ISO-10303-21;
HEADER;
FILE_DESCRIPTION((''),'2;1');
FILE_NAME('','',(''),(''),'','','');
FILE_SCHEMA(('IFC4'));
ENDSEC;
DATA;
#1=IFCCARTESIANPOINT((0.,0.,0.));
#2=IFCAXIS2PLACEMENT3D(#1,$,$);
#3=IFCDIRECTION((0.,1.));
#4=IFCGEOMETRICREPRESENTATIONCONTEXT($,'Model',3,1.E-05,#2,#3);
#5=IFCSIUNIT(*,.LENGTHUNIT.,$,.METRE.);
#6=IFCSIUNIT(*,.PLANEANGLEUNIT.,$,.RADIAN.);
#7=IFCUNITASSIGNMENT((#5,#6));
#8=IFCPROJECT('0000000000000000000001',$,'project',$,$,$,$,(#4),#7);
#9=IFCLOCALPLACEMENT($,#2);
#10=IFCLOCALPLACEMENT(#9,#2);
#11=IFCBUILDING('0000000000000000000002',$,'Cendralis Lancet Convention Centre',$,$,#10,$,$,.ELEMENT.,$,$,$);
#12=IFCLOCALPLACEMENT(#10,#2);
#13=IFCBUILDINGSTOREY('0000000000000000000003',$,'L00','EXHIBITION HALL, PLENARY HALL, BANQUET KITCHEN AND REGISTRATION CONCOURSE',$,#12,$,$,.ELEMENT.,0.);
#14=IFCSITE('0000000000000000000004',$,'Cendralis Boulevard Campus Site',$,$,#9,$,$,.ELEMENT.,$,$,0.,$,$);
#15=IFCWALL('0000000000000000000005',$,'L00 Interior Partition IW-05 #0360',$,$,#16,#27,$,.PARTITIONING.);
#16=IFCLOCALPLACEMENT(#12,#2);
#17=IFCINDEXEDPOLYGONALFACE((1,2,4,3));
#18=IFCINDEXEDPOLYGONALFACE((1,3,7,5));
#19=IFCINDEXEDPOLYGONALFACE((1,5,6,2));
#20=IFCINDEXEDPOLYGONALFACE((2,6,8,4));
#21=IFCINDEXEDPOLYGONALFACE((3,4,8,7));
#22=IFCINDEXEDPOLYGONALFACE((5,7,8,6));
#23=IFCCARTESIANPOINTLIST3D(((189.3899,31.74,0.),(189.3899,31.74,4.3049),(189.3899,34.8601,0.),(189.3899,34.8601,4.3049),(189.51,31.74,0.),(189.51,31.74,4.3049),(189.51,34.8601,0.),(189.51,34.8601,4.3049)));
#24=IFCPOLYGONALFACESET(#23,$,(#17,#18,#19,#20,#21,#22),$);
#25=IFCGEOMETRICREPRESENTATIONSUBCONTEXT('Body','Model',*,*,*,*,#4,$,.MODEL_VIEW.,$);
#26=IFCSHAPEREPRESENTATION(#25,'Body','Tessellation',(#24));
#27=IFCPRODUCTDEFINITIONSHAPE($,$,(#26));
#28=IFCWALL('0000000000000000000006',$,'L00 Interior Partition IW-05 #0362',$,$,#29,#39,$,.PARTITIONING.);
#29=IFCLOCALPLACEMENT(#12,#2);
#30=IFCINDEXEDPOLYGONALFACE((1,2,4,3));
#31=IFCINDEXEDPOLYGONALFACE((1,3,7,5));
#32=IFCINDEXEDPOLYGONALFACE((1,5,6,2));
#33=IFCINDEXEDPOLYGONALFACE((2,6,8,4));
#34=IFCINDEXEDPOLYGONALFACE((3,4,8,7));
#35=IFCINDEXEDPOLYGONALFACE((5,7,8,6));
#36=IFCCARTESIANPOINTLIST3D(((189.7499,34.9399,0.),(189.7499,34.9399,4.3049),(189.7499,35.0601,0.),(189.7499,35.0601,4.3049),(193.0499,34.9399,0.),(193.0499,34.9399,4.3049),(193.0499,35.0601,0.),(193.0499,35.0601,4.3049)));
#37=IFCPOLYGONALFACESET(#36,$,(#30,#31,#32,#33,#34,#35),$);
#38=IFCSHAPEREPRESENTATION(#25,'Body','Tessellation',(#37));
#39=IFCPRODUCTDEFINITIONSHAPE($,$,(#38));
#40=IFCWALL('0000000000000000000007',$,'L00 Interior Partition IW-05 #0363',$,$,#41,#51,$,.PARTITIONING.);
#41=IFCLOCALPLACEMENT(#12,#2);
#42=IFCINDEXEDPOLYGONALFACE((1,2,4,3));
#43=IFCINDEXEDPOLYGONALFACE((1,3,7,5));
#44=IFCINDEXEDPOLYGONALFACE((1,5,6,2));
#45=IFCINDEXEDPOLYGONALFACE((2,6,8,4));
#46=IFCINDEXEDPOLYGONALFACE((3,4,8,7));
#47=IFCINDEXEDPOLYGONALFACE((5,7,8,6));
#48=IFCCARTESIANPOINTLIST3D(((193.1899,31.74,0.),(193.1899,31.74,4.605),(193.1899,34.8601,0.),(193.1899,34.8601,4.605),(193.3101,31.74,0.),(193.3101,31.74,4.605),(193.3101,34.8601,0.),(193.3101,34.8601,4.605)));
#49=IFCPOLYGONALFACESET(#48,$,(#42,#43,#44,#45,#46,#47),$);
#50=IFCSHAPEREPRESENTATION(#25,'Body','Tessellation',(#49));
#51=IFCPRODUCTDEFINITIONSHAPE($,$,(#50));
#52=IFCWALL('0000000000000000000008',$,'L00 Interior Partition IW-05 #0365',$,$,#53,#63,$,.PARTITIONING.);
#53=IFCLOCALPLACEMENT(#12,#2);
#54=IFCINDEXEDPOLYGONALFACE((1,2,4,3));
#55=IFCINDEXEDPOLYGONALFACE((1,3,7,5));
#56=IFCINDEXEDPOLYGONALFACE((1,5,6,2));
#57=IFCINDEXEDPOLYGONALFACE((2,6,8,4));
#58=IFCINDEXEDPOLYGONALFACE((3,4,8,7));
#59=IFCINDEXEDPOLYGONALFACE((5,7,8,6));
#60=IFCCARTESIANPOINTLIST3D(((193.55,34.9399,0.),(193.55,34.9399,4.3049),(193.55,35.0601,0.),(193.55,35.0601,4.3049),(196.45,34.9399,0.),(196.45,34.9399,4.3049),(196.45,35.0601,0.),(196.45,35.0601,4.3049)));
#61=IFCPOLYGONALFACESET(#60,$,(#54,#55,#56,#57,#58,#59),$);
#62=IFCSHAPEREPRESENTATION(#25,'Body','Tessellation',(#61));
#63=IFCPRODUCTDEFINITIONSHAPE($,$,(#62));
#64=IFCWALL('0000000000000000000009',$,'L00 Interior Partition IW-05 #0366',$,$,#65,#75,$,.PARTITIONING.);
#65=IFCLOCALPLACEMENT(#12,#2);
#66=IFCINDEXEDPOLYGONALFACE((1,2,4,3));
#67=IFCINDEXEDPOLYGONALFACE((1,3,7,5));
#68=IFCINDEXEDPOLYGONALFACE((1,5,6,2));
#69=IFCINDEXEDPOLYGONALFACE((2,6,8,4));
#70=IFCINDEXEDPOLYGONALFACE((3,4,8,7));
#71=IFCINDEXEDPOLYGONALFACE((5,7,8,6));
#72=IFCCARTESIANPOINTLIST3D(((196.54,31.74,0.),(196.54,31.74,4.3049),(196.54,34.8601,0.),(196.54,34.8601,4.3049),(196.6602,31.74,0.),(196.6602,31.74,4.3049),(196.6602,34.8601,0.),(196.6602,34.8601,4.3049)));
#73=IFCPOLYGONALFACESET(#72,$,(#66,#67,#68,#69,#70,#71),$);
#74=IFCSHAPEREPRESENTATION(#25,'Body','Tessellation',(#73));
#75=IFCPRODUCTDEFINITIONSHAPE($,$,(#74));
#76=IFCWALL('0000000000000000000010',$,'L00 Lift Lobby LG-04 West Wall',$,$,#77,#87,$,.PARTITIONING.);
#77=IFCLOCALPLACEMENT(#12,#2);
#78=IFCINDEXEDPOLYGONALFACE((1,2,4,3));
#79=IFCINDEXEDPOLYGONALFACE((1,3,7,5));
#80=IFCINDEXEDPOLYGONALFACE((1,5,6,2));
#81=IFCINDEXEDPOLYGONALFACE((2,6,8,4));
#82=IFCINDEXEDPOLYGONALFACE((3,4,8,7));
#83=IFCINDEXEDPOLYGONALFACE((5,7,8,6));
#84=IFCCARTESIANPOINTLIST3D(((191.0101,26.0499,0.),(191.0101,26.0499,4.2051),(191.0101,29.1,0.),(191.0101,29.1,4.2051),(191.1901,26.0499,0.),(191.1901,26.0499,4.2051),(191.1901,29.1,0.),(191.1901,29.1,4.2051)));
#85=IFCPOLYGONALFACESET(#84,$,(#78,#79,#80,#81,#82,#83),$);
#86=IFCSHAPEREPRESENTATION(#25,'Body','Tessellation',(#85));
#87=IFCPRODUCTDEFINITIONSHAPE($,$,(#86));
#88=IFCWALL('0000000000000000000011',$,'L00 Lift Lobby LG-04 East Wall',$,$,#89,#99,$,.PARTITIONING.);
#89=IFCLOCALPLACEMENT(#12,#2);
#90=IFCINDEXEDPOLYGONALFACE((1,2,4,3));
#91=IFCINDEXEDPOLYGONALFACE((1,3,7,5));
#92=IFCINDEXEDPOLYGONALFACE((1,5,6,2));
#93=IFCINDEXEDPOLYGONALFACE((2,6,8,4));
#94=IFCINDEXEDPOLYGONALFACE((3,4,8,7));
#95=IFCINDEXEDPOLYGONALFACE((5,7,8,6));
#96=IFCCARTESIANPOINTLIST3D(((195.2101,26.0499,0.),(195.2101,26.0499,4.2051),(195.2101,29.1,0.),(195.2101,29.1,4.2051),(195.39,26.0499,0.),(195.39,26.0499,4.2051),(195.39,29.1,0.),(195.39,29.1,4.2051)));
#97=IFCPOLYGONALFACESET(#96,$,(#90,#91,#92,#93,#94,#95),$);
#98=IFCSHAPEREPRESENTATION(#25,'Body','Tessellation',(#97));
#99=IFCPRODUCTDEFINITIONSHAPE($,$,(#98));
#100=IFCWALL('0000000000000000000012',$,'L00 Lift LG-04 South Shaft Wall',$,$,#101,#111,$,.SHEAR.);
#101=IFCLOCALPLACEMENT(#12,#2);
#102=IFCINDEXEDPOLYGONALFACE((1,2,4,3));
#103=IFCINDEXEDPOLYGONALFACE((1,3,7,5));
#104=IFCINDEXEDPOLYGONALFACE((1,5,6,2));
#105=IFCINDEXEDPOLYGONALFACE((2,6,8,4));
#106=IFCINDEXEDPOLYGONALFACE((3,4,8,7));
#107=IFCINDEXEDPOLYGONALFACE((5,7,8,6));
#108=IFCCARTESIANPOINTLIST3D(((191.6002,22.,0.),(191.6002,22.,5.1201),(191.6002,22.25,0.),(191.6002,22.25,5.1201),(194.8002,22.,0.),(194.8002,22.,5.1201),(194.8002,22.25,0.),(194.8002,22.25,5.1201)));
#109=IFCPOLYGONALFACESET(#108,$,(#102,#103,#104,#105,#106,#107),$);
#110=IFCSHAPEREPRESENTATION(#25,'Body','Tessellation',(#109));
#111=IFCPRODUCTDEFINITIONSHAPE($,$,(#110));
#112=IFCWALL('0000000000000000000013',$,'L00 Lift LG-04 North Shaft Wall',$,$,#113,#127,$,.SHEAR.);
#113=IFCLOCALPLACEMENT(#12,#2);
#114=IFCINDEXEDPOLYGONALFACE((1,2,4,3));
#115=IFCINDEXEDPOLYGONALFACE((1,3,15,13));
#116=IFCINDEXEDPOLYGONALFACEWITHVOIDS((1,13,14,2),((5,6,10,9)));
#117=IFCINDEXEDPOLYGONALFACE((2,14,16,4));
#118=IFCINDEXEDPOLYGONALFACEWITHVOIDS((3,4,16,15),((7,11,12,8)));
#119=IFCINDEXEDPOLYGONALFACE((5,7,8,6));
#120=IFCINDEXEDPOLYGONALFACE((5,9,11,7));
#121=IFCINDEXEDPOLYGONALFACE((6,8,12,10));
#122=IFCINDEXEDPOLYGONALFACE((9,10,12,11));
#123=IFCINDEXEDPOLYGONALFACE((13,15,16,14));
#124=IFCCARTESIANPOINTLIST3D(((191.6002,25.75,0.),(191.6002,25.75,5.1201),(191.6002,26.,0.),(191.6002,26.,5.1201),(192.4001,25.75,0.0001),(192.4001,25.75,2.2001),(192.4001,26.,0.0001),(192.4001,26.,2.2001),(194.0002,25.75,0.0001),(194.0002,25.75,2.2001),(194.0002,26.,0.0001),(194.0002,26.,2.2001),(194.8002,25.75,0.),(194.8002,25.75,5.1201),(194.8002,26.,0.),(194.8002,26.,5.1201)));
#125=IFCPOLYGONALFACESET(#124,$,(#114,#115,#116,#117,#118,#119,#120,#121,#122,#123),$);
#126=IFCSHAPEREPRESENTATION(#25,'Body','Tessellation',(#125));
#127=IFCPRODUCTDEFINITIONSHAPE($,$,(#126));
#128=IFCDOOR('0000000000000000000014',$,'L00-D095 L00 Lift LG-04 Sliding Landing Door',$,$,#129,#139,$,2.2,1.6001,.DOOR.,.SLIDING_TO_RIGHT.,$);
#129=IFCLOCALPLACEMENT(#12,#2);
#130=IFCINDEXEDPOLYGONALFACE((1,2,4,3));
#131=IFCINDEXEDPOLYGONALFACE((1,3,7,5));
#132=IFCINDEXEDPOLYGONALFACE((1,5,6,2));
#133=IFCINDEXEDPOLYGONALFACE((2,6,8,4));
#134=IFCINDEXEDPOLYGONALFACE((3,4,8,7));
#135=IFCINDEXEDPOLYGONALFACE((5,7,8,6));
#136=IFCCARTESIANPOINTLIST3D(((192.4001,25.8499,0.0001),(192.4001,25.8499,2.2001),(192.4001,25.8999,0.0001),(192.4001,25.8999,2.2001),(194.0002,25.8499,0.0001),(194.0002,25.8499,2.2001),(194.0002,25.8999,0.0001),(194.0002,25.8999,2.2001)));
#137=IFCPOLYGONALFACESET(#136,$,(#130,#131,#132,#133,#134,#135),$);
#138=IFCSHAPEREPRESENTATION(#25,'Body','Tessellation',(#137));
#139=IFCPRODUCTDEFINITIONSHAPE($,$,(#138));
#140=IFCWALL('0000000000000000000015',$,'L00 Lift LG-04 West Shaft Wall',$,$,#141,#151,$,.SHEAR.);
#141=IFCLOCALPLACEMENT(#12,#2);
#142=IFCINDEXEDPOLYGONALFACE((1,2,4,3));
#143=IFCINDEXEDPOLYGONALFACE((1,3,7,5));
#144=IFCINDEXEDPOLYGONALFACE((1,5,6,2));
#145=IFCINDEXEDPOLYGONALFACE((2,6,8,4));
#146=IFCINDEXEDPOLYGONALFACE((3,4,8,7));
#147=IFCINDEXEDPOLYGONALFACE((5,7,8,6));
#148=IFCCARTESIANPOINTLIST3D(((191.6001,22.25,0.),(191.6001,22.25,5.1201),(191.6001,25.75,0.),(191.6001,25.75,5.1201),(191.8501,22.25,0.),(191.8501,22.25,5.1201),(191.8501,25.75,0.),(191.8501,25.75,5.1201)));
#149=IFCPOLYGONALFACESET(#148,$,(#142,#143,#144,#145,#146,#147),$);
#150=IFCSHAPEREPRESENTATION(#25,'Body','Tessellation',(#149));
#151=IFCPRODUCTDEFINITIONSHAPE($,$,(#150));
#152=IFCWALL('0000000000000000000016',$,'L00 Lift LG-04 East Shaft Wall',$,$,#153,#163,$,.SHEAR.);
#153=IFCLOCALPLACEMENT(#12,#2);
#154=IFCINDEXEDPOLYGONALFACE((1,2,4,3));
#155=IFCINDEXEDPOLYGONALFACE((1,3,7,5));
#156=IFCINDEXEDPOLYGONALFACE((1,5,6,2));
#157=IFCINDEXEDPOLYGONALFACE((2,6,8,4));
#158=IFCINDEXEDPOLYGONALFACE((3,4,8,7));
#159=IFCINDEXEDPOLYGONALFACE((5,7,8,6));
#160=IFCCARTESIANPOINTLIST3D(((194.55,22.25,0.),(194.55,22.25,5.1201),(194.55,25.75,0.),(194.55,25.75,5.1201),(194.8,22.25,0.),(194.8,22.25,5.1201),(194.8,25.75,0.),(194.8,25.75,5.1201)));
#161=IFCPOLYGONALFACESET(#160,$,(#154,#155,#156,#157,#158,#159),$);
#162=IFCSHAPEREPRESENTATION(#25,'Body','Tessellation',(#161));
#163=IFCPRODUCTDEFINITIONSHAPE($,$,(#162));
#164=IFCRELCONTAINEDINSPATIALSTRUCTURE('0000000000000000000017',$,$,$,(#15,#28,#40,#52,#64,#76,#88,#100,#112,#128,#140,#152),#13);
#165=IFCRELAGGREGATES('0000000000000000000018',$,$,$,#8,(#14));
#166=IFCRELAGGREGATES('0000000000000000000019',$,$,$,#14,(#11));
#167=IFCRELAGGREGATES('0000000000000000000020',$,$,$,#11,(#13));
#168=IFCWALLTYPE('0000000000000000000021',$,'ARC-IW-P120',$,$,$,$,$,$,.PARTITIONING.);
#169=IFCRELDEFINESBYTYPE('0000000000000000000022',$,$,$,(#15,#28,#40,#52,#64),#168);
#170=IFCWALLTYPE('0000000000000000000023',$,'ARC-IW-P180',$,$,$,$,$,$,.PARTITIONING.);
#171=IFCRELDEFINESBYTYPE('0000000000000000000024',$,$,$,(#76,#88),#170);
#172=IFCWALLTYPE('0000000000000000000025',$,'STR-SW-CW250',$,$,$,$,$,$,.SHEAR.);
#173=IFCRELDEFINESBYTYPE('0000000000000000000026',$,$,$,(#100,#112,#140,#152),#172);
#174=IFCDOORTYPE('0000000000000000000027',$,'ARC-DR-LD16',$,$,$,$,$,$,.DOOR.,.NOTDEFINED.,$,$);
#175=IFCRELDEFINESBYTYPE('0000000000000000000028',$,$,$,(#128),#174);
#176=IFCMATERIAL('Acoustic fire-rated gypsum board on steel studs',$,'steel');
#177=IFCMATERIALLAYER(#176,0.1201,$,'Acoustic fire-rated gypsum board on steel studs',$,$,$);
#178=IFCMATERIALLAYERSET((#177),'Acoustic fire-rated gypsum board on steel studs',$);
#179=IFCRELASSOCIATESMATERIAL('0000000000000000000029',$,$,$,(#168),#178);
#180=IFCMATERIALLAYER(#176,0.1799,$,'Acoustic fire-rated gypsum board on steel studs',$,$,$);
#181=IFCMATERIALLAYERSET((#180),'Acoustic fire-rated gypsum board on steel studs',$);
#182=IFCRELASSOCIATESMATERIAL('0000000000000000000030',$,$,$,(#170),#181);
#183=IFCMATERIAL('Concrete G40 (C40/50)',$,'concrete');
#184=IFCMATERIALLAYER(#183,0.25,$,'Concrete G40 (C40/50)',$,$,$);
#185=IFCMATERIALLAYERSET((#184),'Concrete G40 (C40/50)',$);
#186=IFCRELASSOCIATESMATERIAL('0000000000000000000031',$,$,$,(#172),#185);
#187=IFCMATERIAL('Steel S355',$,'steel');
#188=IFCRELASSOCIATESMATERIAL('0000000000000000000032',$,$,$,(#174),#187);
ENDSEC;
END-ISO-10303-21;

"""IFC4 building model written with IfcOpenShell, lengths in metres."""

from ifc_helpers import new_model, si_unit, direction, frame, frame_2d, origin, place, context, subcontext, project, spatial, rectangle, extrude, material, layer, layer_set, type_object, element, fill, save


model = new_model("IFC4")

# Units and contexts
model_context = context("Model", 3, precision=1e-05, world=origin(), true_north=direction((0.0, 1.0)))
body_context = subcontext(model_context, "Body", "Model", "MODEL_VIEW")
ifc_project = project(units=[si_unit("LENGTHUNIT", "METRE"), si_unit("PLANEANGLEUNIT", "RADIAN")], contexts=[model_context])

# Site, building, storey
site_placement = place(None, origin())
site = spatial("IfcSite", under=ifc_project, at=site_placement, Name="Cendralis Boulevard Campus Site", CompositionType="ELEMENT", RefElevation=0.0)
building_placement = place(site_placement, origin())
building = spatial("IfcBuilding", under=site, at=building_placement, Name="Cendralis Lancet Convention Centre", CompositionType="ELEMENT")
storey_placement = place(building_placement, origin())
storey = spatial("IfcBuildingStorey", under=building, at=storey_placement, Name="L00", Description="EXHIBITION HALL, PLENARY HALL, BANQUET KITCHEN AND REGISTRATION CONCOURSE", CompositionType="ELEMENT", Elevation=0.0)

# Shared definitions
ifc_material_1 = material(Name="Concrete G40 (C40/50)", Category="concrete")

# Shared definitions
ifc_material_2 = material(Name="Acoustic fire-rated gypsum board on steel studs", Category="steel")
ifc_layer_1 = layer(ifc_material_2, 0.1201, Name="Acoustic fire-rated gypsum board on steel studs")
ifc_layer_set_1 = layer_set([ifc_layer_1], Name="Acoustic fire-rated gypsum board on steel studs")
wall_type_1 = type_object("IfcWallType", Name="ARC-IW-P120", PredefinedType="PARTITIONING", material=ifc_layer_set_1)
ifc_material_3 = material(Name="Steel S355", Category="steel")

# Wall
wall_1_placement = place(storey_placement, frame((189.45, 31.74, 0.0), z_axis=(0.0, 0.0, 1.0), x_axis=(0.0, 1.0, 0.0)))
element("IfcWall", 1, at=wall_1_placement, inside=storey, type_object=wall_type_1, Name="L00 Interior Partition IW-05 #0360", PredefinedType="PARTITIONING", context=body_context, shape_type="SweptSolid", body=[
    extrude(rectangle(XDim=3.1201, YDim=0.1201, at=frame_2d((1.5601, 0.0))), origin(), (0.0, 0.0, 1.0), 4.3049),
])

# Walls
wall_2_placement = place(storey_placement, frame((189.75, 35.0, 0.0), z_axis=(0.0, 0.0, 1.0), x_axis=(1.0, 0.0, 0.0)))
element("IfcWall", 2, at=wall_2_placement, inside=storey, type_object=wall_type_1, Name="L00 Interior Partition IW-05 #0362", PredefinedType="PARTITIONING", context=body_context, shape_type="SweptSolid", body=[
    extrude(rectangle(XDim=3.3, YDim=0.1201, at=frame_2d((1.6499, 0.0))), origin(), (0.0, 0.0, 1.0), 4.3049),
])
wall_3_placement = place(storey_placement, frame((193.25, 31.74, 0.0), z_axis=(0.0, 0.0, 1.0), x_axis=(0.0, 1.0, 0.0)))
element("IfcWall", 3, at=wall_3_placement, inside=storey, type_object=wall_type_1, Name="L00 Interior Partition IW-05 #0363", PredefinedType="PARTITIONING", context=body_context, shape_type="SweptSolid", body=[
    extrude(rectangle(XDim=3.1201, YDim=0.1201, at=frame_2d((1.5601, 0.0))), origin(), (0.0, 0.0, 1.0), 4.605),
])

# Walls
wall_4_placement = place(storey_placement, frame((193.55, 35.0, 0.0), z_axis=(0.0, 0.0, 1.0), x_axis=(1.0, 0.0, 0.0)))
element("IfcWall", 4, at=wall_4_placement, inside=storey, type_object=wall_type_1, Name="L00 Interior Partition IW-05 #0365", PredefinedType="PARTITIONING", context=body_context, shape_type="SweptSolid", body=[
    extrude(rectangle(XDim=2.8999, YDim=0.1201, at=frame_2d((1.45, 0.0))), origin(), (0.0, 0.0, 1.0), 4.3049),
])
wall_5_placement = place(storey_placement, frame((196.6001, 31.74, 0.0), z_axis=(0.0, 0.0, 1.0), x_axis=(0.0, 1.0, 0.0)))
element("IfcWall", 5, at=wall_5_placement, inside=storey, type_object=wall_type_1, Name="L00 Interior Partition IW-05 #0366", PredefinedType="PARTITIONING", context=body_context, shape_type="SweptSolid", body=[
    extrude(rectangle(XDim=3.1201, YDim=0.1201, at=frame_2d((1.5601, 0.0))), origin(), (0.0, 0.0, 1.0), 4.3049),
])

# Shared definitions
ifc_layer_2 = layer(ifc_material_2, 0.1799, Name="Acoustic fire-rated gypsum board on steel studs")
ifc_layer_set_2 = layer_set([ifc_layer_2], Name="Acoustic fire-rated gypsum board on steel studs")
wall_type_2 = type_object("IfcWallType", Name="ARC-IW-P180", PredefinedType="PARTITIONING", material=ifc_layer_set_2)

# Walls
for number, where, z_axis, x_axis, name in (
    (6, (191.1001, 26.05, 0.0), (0.0, 0.0, 1.0), (0.0, 1.0, 0.0), "L00 Lift Lobby LG-04 West Wall"),
    (7, (195.3, 26.05, 0.0), (0.0, 0.0, 1.0), (0.0, 1.0, 0.0), "L00 Lift Lobby LG-04 East Wall"),
):
    element("IfcWall", number, at=place(storey_placement, frame(where, z_axis=z_axis, x_axis=x_axis)), inside=storey, type_object=wall_type_2, Name=name, PredefinedType="PARTITIONING", context=body_context, shape_type="SweptSolid", body=[
        extrude(rectangle(XDim=3.05, YDim=0.1799, at=frame_2d((1.5249, 0.0))), origin(), (0.0, 0.0, 1.0), 4.2051),
    ])
ifc_layer_3 = layer(ifc_material_1, 0.25, Name="Concrete G40 (C40/50)")
ifc_layer_set_3 = layer_set([ifc_layer_3], Name="Concrete G40 (C40/50)")
wall_type_3 = type_object("IfcWallType", Name="STR-SW-CW250", PredefinedType="SHEAR", material=ifc_layer_set_3)
wall_6_placement = place(storey_placement, frame((191.6001, 22.125, 0.0), z_axis=(0.0, 0.0, 1.0), x_axis=(1.0, 0.0, 0.0)))
element("IfcWall", 8, at=wall_6_placement, inside=storey, type_object=wall_type_3, Name="L00 Lift LG-04 South Shaft Wall", PredefinedType="SHEAR", context=body_context, shape_type="SweptSolid", body=[
    extrude(rectangle(XDim=3.2, YDim=0.25, at=frame_2d((1.6001, 0.0))), origin(), (0.0, 0.0, 1.0), 5.1201),
])

# Wall, opening, door
wall_7_placement = place(storey_placement, frame((191.6001, 25.875, 0.0), z_axis=(0.0, 0.0, 1.0), x_axis=(1.0, 0.0, 0.0)))
wall_7 = element("IfcWall", 9, at=wall_7_placement, inside=storey, type_object=wall_type_3, Name="L00 Lift LG-04 North Shaft Wall", PredefinedType="SHEAR", context=body_context, shape_type="SweptSolid", body=[
    extrude(rectangle(XDim=3.2, YDim=0.25, at=frame_2d((1.6001, 0.0))), origin(), (0.0, 0.0, 1.0), 5.1201),
])
opening_1_placement = place(wall_7_placement, frame((0.8, 0.0, 0.0)))
opening_1 = element("IfcOpeningElement", 10, at=opening_1_placement, cuts=wall_7, PredefinedType="OPENING", context=body_context, shape_type="SweptSolid", body=[
    extrude(rectangle(XDim=1.6001, YDim=2.2, at=frame_2d((0.8, 1.1001))), frame((0.0, 0.135, 0.0), z_axis=(0.0, -1.0, 0.0), x_axis=(1.0, 0.0, 0.0)), (0.0, 0.0, 1.0), 0.27),
])
door_type_1 = type_object("IfcDoorType", Name="ARC-DR-LD16", OperationType="NOTDEFINED", PredefinedType="DOOR", material=ifc_material_3)
door_1_placement = place(opening_1_placement, origin())
door_1 = element("IfcDoor", 11, at=door_1_placement, inside=storey, type_object=door_type_1, Name="L00-D095 L00 Lift LG-04 Sliding Landing Door", OperationType="SLIDING_TO_RIGHT", OverallHeight=2.2, OverallWidth=1.6001, PredefinedType="DOOR", context=body_context, shape_type="SweptSolid", body=[
    extrude(rectangle(XDim=1.6001, YDim=2.2, at=frame_2d((0.8, 1.1001))), frame((0.0, 0.0249, 0.0), z_axis=(0.0, -1.0, 0.0), x_axis=(1.0, 0.0, 0.0)), (0.0, 0.0, 1.0), 0.05),
])
fill(opening_1, door_1)

# Walls
for number, where, z_axis, x_axis, name in (
    (12, (191.7251, 22.25, 0.0), (0.0, 0.0, 1.0), (0.0, 1.0, 0.0), "L00 Lift LG-04 West Shaft Wall"),
    (13, (194.675, 22.25, 0.0), (0.0, 0.0, 1.0), (0.0, 1.0, 0.0), "L00 Lift LG-04 East Shaft Wall"),
):
    element("IfcWall", number, at=place(storey_placement, frame(where, z_axis=z_axis, x_axis=x_axis)), inside=storey, type_object=wall_type_3, Name=name, PredefinedType="SHEAR", context=body_context, shape_type="SweptSolid", body=[
        extrude(rectangle(XDim=3.5, YDim=0.25, at=frame_2d((1.75, 0.0))), origin(), (0.0, 0.0, 1.0), 5.1201),
    ])

save(model, "model.ifc")
